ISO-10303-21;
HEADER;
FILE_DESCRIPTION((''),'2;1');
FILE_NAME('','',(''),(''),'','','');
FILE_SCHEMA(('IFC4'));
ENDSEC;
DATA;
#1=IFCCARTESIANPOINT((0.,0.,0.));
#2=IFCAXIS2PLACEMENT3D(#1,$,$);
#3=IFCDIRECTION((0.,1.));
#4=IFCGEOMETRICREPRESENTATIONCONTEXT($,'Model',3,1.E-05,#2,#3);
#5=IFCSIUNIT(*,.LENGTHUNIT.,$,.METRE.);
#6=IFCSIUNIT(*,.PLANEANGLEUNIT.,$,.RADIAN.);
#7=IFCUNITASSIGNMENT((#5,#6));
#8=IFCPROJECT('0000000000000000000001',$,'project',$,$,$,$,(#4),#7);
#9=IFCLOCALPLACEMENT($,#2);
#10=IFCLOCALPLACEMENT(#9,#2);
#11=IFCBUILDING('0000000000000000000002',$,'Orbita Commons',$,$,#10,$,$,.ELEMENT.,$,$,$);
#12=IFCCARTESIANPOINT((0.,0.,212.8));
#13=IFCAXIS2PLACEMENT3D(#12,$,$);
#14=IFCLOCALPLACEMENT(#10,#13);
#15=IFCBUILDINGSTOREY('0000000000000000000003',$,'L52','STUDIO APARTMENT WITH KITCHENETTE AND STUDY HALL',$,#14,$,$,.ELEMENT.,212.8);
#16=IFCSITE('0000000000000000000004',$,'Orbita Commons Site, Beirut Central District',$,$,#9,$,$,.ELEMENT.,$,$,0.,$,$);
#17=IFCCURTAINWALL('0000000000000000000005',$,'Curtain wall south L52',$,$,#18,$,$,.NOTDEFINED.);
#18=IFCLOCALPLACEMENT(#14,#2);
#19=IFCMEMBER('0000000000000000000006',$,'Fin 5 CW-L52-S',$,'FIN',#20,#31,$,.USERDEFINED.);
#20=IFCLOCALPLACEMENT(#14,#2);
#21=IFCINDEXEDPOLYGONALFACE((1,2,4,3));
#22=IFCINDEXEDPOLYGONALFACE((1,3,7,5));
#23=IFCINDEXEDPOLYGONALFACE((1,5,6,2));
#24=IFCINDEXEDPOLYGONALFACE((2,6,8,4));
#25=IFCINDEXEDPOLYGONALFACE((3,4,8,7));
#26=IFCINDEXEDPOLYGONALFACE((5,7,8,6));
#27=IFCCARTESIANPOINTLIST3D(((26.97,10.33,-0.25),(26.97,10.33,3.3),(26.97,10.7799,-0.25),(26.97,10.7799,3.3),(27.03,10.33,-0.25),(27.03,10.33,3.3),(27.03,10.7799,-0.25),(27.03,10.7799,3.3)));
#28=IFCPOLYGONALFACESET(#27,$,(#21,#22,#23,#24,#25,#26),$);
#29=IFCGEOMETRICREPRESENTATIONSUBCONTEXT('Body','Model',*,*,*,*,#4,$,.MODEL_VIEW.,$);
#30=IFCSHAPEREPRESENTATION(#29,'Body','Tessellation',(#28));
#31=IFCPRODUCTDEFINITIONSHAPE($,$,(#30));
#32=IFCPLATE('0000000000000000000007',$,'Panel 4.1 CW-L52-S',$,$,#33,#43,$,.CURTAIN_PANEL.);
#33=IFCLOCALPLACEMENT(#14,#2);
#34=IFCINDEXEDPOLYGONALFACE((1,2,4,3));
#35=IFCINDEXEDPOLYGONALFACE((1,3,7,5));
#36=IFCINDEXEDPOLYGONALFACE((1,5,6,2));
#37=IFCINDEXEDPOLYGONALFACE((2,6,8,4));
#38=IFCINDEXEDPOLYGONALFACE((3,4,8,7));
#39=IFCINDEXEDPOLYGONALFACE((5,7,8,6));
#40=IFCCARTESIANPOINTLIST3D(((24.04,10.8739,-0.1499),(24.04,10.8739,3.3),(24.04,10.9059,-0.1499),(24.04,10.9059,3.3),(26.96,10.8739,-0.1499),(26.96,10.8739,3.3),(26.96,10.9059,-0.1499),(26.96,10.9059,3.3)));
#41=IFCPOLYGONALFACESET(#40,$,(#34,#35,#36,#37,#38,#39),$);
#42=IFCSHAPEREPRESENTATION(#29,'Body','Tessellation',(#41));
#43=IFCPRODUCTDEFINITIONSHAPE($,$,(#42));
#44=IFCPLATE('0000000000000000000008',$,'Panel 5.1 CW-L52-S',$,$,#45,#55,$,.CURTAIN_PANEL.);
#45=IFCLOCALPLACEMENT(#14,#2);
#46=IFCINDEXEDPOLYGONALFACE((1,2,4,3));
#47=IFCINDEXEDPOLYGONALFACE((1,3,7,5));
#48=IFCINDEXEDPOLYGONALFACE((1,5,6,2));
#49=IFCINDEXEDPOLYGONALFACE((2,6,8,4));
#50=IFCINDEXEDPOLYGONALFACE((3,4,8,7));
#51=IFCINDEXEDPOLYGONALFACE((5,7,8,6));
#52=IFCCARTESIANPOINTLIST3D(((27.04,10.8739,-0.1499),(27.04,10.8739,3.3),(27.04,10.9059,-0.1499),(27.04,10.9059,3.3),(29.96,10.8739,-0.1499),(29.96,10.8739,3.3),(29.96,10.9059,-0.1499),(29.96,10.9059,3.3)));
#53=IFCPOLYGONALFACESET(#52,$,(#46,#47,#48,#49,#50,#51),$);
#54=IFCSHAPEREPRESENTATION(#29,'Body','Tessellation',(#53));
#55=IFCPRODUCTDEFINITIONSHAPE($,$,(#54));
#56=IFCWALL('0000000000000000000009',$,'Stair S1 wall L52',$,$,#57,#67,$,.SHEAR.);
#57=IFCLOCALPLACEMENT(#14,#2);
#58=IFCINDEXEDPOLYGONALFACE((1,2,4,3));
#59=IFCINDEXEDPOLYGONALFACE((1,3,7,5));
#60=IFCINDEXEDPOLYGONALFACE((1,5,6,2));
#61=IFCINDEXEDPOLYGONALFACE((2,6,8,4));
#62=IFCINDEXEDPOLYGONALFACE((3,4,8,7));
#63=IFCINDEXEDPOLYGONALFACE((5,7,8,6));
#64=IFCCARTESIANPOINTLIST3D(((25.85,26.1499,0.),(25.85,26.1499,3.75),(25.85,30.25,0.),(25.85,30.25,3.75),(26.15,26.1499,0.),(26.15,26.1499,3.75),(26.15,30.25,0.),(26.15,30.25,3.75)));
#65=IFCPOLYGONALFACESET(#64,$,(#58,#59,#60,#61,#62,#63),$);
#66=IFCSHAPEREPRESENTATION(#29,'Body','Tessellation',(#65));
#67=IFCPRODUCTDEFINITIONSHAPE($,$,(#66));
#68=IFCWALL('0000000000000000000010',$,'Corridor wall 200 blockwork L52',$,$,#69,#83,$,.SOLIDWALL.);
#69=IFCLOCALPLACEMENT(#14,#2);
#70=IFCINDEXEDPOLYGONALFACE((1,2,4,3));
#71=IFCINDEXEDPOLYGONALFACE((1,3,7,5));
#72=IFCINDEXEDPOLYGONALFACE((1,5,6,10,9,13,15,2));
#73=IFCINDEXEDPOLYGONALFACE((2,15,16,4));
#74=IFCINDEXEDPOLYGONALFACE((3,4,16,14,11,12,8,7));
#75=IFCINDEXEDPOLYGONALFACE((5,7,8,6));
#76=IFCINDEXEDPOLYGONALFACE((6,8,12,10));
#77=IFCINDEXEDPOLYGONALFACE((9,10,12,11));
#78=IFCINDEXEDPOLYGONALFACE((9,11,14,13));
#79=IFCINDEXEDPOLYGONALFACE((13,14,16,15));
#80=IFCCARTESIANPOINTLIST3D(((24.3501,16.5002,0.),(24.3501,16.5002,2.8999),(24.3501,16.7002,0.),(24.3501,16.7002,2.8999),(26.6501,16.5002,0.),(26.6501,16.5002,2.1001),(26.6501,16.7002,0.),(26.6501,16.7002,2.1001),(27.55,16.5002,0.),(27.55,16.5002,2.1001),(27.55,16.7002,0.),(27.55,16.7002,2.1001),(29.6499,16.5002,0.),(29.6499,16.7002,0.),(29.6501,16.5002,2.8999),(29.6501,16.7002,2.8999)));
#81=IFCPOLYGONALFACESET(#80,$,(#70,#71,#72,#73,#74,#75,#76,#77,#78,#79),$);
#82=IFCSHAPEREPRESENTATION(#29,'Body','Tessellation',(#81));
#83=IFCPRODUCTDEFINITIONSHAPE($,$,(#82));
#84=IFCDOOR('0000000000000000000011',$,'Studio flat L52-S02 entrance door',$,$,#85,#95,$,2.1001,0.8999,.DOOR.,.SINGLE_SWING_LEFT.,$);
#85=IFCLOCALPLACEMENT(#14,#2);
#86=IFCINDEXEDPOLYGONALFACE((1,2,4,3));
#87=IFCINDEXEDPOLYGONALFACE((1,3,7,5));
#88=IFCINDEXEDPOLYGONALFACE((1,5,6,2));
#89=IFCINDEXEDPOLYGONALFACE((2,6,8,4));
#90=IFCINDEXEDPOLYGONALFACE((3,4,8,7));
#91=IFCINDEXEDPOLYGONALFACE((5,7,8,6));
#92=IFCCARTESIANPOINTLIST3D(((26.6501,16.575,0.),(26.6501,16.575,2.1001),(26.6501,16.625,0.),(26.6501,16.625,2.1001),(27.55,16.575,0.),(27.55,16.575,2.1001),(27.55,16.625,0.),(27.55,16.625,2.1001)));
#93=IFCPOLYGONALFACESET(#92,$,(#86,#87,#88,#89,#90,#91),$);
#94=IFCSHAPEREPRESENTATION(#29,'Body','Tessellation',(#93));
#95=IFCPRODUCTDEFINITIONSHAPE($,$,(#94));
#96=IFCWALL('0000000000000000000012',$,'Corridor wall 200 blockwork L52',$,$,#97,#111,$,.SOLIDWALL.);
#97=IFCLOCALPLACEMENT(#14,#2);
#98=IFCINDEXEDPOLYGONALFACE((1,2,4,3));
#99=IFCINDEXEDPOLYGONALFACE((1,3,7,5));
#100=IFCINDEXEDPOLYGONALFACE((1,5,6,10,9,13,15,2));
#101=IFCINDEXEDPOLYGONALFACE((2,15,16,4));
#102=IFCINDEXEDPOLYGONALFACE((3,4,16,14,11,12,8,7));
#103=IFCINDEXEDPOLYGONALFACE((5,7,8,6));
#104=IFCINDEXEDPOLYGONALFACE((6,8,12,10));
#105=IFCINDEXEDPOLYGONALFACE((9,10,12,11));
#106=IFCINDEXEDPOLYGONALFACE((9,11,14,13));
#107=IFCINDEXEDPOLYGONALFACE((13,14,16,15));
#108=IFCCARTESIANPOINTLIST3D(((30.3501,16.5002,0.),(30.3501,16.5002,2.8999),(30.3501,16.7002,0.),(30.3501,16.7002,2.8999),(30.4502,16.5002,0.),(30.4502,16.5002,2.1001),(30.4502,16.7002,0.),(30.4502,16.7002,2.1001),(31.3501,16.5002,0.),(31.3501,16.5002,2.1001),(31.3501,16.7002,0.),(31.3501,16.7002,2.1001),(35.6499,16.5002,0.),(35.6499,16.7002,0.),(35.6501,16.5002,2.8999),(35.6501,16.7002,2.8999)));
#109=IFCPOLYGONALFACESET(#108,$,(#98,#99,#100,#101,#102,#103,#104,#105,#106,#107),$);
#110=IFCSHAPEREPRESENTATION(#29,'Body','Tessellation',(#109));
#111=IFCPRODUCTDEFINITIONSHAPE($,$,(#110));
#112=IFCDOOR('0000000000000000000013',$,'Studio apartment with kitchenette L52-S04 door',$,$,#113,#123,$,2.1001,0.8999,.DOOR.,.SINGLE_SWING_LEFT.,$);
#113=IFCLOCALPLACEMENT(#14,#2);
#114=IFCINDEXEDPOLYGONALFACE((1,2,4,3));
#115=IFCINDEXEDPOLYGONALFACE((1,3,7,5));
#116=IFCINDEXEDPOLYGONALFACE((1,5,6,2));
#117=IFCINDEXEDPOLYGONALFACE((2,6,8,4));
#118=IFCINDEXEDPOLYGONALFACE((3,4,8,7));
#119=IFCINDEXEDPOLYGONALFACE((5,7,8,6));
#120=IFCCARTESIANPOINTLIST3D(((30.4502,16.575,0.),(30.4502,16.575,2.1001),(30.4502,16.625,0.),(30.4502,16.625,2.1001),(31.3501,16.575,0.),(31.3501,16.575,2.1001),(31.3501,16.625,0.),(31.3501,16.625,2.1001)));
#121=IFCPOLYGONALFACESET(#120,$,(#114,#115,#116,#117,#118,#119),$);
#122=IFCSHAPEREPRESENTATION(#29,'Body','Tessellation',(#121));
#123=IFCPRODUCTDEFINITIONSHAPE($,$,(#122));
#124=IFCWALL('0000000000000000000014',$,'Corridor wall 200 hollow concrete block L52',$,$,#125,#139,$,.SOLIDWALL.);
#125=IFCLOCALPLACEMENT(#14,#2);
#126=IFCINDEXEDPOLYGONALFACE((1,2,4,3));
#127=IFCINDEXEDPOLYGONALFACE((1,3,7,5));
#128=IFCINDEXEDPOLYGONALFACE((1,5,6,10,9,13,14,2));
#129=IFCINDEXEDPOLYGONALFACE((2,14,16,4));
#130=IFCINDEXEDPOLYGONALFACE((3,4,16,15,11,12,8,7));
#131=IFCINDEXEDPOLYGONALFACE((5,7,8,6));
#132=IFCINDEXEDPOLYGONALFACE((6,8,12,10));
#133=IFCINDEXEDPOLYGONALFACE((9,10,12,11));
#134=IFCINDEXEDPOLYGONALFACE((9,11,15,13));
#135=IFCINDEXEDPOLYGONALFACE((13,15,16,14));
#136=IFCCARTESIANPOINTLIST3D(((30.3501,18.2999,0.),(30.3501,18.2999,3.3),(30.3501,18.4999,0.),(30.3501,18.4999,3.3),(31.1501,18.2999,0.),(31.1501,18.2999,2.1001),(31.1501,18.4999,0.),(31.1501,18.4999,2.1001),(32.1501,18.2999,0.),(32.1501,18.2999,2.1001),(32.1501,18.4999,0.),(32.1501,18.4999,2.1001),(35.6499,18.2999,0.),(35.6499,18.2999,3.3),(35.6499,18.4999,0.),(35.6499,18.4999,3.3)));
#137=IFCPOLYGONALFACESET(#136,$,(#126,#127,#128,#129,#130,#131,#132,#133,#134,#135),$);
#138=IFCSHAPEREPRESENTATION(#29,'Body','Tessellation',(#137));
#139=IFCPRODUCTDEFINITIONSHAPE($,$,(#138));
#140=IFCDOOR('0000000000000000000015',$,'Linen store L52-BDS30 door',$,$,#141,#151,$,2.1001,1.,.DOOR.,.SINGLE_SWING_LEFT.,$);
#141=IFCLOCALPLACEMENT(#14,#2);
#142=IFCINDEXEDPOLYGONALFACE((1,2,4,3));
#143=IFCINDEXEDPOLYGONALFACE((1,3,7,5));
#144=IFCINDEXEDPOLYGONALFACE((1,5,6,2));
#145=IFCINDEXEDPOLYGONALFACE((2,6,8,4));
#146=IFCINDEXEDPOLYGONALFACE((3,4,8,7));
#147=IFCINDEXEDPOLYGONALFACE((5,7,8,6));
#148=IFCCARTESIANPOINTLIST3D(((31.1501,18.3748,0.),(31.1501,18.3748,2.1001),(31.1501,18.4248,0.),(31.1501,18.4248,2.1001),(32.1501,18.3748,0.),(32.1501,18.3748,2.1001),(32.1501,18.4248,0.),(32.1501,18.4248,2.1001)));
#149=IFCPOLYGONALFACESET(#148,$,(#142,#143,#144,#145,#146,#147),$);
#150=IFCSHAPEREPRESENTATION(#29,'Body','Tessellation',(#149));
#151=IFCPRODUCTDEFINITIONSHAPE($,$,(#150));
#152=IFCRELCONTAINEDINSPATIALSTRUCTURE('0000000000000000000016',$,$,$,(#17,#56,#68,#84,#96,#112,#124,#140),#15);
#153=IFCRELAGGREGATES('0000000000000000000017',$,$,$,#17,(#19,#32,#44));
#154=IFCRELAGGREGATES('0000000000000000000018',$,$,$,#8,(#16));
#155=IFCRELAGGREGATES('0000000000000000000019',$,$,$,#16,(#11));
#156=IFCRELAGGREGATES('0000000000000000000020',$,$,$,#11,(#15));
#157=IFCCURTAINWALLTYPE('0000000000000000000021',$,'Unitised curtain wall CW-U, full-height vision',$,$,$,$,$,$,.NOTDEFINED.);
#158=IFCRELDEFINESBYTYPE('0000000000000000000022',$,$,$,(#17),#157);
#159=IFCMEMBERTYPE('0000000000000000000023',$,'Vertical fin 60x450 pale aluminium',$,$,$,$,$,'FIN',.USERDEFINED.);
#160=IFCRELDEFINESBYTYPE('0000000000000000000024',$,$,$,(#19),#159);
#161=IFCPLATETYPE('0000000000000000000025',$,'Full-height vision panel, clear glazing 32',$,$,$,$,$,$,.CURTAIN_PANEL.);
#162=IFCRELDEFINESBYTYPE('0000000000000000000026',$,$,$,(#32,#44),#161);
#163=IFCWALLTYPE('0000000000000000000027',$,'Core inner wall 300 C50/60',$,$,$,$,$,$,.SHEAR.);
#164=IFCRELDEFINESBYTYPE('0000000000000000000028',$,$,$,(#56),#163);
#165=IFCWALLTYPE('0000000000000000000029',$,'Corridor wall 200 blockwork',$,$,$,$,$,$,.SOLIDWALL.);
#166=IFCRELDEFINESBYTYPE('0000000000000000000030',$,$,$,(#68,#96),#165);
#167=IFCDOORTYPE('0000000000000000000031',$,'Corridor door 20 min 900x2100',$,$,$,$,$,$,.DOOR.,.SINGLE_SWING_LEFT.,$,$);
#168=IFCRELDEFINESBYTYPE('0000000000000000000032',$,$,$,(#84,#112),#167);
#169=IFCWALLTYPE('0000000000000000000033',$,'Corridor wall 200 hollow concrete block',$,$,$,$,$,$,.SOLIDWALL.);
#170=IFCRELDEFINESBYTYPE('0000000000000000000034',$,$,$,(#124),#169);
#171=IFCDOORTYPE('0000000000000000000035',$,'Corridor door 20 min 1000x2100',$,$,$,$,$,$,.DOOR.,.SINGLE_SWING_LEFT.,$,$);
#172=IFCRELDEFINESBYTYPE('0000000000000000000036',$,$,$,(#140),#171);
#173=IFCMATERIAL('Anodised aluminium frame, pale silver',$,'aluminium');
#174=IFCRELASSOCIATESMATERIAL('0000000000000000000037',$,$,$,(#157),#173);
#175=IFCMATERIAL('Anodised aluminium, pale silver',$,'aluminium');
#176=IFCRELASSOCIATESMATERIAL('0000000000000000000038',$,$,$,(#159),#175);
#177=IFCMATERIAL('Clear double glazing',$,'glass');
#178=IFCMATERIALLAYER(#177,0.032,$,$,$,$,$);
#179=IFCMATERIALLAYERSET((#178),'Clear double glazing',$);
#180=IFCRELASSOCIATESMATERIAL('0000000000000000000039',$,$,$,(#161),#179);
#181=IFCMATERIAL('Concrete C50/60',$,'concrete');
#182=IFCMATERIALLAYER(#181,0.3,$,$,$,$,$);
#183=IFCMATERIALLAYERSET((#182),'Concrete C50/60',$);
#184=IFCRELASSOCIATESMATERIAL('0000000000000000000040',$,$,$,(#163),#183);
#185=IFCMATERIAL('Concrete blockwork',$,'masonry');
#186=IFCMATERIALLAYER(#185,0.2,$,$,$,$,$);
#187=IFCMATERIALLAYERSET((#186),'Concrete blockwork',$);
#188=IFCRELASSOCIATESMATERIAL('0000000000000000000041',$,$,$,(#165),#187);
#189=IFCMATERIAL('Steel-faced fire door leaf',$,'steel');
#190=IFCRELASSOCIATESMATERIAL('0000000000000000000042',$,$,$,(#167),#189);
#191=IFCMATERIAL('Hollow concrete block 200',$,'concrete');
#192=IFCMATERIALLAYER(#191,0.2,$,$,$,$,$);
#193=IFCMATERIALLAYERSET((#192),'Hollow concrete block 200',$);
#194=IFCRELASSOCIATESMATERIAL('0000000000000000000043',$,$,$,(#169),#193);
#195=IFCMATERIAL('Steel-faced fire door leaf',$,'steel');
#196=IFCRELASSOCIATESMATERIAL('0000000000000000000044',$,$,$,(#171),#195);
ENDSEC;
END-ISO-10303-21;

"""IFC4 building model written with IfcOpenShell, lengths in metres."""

from ifc_helpers import new_model, si_unit, direction, frame, frame_2d, origin, origin_2d, place, context, subcontext, project, spatial, polyline, rectangle, outline, extrude, material, layer, layer_set, material_profile, profile_set, type_object, element, fill, aggregate, save


model = new_model("IFC4")

# Units and contexts
model_context = context("Model", 3, precision=1e-05, world=origin(), true_north=direction((0.0, 1.0)))
body_context = subcontext(model_context, "Body", "Model", "MODEL_VIEW")
ifc_project = project(units=[si_unit("LENGTHUNIT", "METRE"), si_unit("PLANEANGLEUNIT", "RADIAN")], contexts=[model_context])

# Site, building, storey
site_placement = place(None, origin())
site = spatial("IfcSite", under=ifc_project, at=site_placement, Name="Orbita Commons Site, Beirut Central District", CompositionType="ELEMENT", RefElevation=0.0)
building_placement = place(site_placement, origin())
building = spatial("IfcBuilding", under=site, at=building_placement, Name="Orbita Commons", CompositionType="ELEMENT")
storey_placement = place(building_placement, frame((0.0, 0.0, 212.8)))
storey = spatial("IfcBuildingStorey", under=building, at=storey_placement, Name="L52", Description="STUDIO APARTMENT WITH KITCHENETTE AND STUDY HALL", CompositionType="ELEMENT", Elevation=212.8)

# Curtain wall
ifc_material_1 = material(Name="Anodised aluminium frame, pale silver", Category="aluminium")
curtain_wall_type = type_object("IfcCurtainWallType", Name="Unitised curtain wall CW-U, full-height vision", PredefinedType="NOTDEFINED", material=ifc_material_1)
curtain_wall_placement = place(storey_placement, origin())
curtain_wall = element("IfcCurtainWall", 1, at=curtain_wall_placement, inside=storey, type_object=curtain_wall_type, Name="Curtain wall south L52", PredefinedType="NOTDEFINED")

# Member
ifc_material_2 = material(Name="Anodised aluminium, pale silver", Category="aluminium")
ifc_material_profile_1 = material_profile(ifc_material_2, rectangle(XDim=0.0601, YDim=0.45, at=origin_2d()), Name="FIN 60x450")
ifc_profile_set_1 = profile_set([ifc_material_profile_1], Name="Anodised aluminium, pale silver")
member_type_1 = type_object("IfcMemberType", Name="Vertical fin 60x450 pale aluminium", ElementType="FIN", PredefinedType="USERDEFINED", material=ifc_profile_set_1)
member_1_placement = place(storey_placement, frame((27.0, 10.5549, -0.25), z_axis=(0.0, 0.0, 1.0), x_axis=(1.0, 0.0, 0.0)))
member_1 = element("IfcMember", 2, at=member_1_placement, type_object=member_type_1, Name="Fin 5 CW-L52-S", ObjectType="FIN", PredefinedType="USERDEFINED", context=body_context, shape_type="SweptSolid", body=[
    extrude(rectangle(XDim=0.0601, YDim=0.45, at=origin_2d()), origin(), (0.0, 0.0, 1.0), 3.55),
])

# Plates
ifc_material_3 = material(Name="Clear double glazing", Category="glass")
ifc_layer_1 = layer(ifc_material_3, 0.032)
ifc_layer_set_1 = layer_set([ifc_layer_1], Name="Clear double glazing")
plate_type = type_object("IfcPlateType", Name="Full-height vision panel, clear glazing 32", PredefinedType="CURTAIN_PANEL", material=ifc_layer_set_1)
plate_1_placement = place(storey_placement, frame((25.5, 10.8899, -0.1499), z_axis=(0.0, 0.0, 1.0), x_axis=(1.0, 0.0, 0.0)))
plate_1 = element("IfcPlate", 3, at=plate_1_placement, type_object=plate_type, Name="Panel 4.1 CW-L52-S", PredefinedType="CURTAIN_PANEL", context=body_context, shape_type="SweptSolid", body=[
    extrude(rectangle(XDim=2.9199, YDim=0.032, at=origin_2d()), origin(), (0.0, 0.0, 1.0), 3.45),
])
plate_2_placement = place(storey_placement, frame((28.5, 10.8899, -0.1499), z_axis=(0.0, 0.0, 1.0), x_axis=(1.0, 0.0, 0.0)))
plate_2 = element("IfcPlate", 4, at=plate_2_placement, type_object=plate_type, Name="Panel 5.1 CW-L52-S", PredefinedType="CURTAIN_PANEL", context=body_context, shape_type="SweptSolid", body=[
    extrude(rectangle(XDim=2.9199, YDim=0.032, at=origin_2d()), origin(), (0.0, 0.0, 1.0), 3.45),
])
aggregate(curtain_wall, [member_1, plate_1, plate_2])

# Wall
ifc_material_4 = material(Name="Concrete C50/60", Category="concrete")
ifc_layer_2 = layer(ifc_material_4, 0.3)
ifc_layer_set_2 = layer_set([ifc_layer_2], Name="Concrete C50/60")
wall_type_1 = type_object("IfcWallType", Name="Core inner wall 300 C50/60", PredefinedType="SHEAR", material=ifc_layer_set_2)
wall_1_placement = place(storey_placement, frame((26.0, 26.1499, 0.0), z_axis=(0.0, 0.0, 1.0), x_axis=(0.0, 1.0, 0.0)))
element("IfcWall", 5, at=wall_1_placement, inside=storey, type_object=wall_type_1, Name="Stair S1 wall L52", PredefinedType="SHEAR", context=body_context, shape_type="SweptSolid", body=[
    extrude(rectangle(XDim=4.1001, YDim=0.3, at=frame_2d((2.05, 0.0))), origin(), (0.0, 0.0, 1.0), 3.75),
])

# Walls, openings, doors
ifc_material_5 = material(Name="Concrete blockwork", Category="masonry")
ifc_layer_3 = layer(ifc_material_5, 0.2)
ifc_layer_set_3 = layer_set([ifc_layer_3], Name="Concrete blockwork")
wall_type_2 = type_object("IfcWallType", Name="Corridor wall 200 blockwork", PredefinedType="SOLIDWALL", material=ifc_layer_set_3)
wall_2_placement = place(storey_placement, frame((24.3501, 16.6001, 0.0), z_axis=(0.0, 0.0, 1.0), x_axis=(1.0, 0.0, 0.0)))
wall_2 = element("IfcWall", 6, at=wall_2_placement, inside=storey, type_object=wall_type_2, Name="Corridor wall 200 blockwork L52", PredefinedType="SOLIDWALL", context=body_context, shape_type="SweptSolid", body=[
    extrude(outline(polyline([(0.0, 0.0), (5.2998, 0.0), (5.3, 2.8999), (0.0, 2.8999), (0.0, 0.0)])), frame((0.0, 0.1001, 0.0), z_axis=(0.0, -1.0, 0.0), x_axis=(1.0, 0.0, 0.0)), (0.0, 0.0, 1.0), 0.2),
])
opening_1_placement = place(wall_2_placement, frame((2.3, 0.0, 0.0)))
opening_1 = element("IfcOpeningElement", 7, at=opening_1_placement, cuts=wall_2, PredefinedType="OPENING", context=body_context, shape_type="SweptSolid", body=[
    extrude(rectangle(XDim=0.8999, YDim=2.1001, at=frame_2d((0.45, 1.05))), frame((0.0, 0.1099, 0.0), z_axis=(0.0, -1.0, 0.0), x_axis=(1.0, 0.0, 0.0)), (0.0, 0.0, 1.0), 0.22),
])
ifc_material_6 = material(Name="Steel-faced fire door leaf", Category="steel")
door_type_1 = type_object("IfcDoorType", Name="Corridor door 20 min 900x2100", OperationType="SINGLE_SWING_LEFT", PredefinedType="DOOR", material=ifc_material_6)
door_1_placement = place(opening_1_placement, origin())
door_1 = element("IfcDoor", 8, at=door_1_placement, inside=storey, type_object=door_type_1, Name="Studio flat L52-S02 entrance door", OperationType="SINGLE_SWING_LEFT", OverallHeight=2.1001, OverallWidth=0.8999, PredefinedType="DOOR", context=body_context, shape_type="SweptSolid", body=[
    extrude(rectangle(XDim=0.8999, YDim=2.1001, at=frame_2d((0.45, 1.05))), frame((0.0, 0.0249, 0.0), z_axis=(0.0, -1.0, 0.0), x_axis=(1.0, 0.0, 0.0)), (0.0, 0.0, 1.0), 0.05),
])
fill(opening_1, door_1)
wall_3_placement = place(storey_placement, frame((30.3501, 16.6001, 0.0), z_axis=(0.0, 0.0, 1.0), x_axis=(1.0, 0.0, 0.0)))
wall_3 = element("IfcWall", 9, at=wall_3_placement, inside=storey, type_object=wall_type_2, Name="Corridor wall 200 blockwork L52", PredefinedType="SOLIDWALL", context=body_context, shape_type="SweptSolid", body=[
    extrude(outline(polyline([(0.0, 0.0), (5.2998, 0.0), (5.3, 2.8999), (0.0, 2.8999), (0.0, 0.0)])), frame((0.0, 0.1001, 0.0), z_axis=(0.0, -1.0, 0.0), x_axis=(1.0, 0.0, 0.0)), (0.0, 0.0, 1.0), 0.2),
])
opening_2_placement = place(wall_3_placement, frame((0.1001, 0.0, 0.0)))
opening_2 = element("IfcOpeningElement", 10, at=opening_2_placement, cuts=wall_3, PredefinedType="OPENING", context=body_context, shape_type="SweptSolid", body=[
    extrude(rectangle(XDim=0.8999, YDim=2.1001, at=frame_2d((0.45, 1.05))), frame((0.0, 0.1099, 0.0), z_axis=(0.0, -1.0, 0.0), x_axis=(1.0, 0.0, 0.0)), (0.0, 0.0, 1.0), 0.22),
])
door_2_placement = place(opening_2_placement, origin())
door_2 = element("IfcDoor", 11, at=door_2_placement, inside=storey, type_object=door_type_1, Name="Studio apartment with kitchenette L52-S04 door", OperationType="SINGLE_SWING_LEFT", OverallHeight=2.1001, OverallWidth=0.8999, PredefinedType="DOOR", context=body_context, shape_type="SweptSolid", body=[
    extrude(rectangle(XDim=0.8999, YDim=2.1001, at=frame_2d((0.45, 1.05))), frame((0.0, 0.0249, 0.0), z_axis=(0.0, -1.0, 0.0), x_axis=(1.0, 0.0, 0.0)), (0.0, 0.0, 1.0), 0.05),
])
fill(opening_2, door_2)
ifc_material_7 = material(Name="Hollow concrete block 200", Category="concrete")
ifc_layer_4 = layer(ifc_material_7, 0.2)
ifc_layer_set_4 = layer_set([ifc_layer_4], Name="Hollow concrete block 200")
wall_type_3 = type_object("IfcWallType", Name="Corridor wall 200 hollow concrete block", PredefinedType="SOLIDWALL", material=ifc_layer_set_4)
wall_4_placement = place(storey_placement, frame((30.3501, 18.3999, 0.0), z_axis=(0.0, 0.0, 1.0), x_axis=(1.0, 0.0, 0.0)))
wall_4 = element("IfcWall", 12, at=wall_4_placement, inside=storey, type_object=wall_type_3, Name="Corridor wall 200 hollow concrete block L52", PredefinedType="SOLIDWALL", context=body_context, shape_type="SweptSolid", body=[
    extrude(rectangle(XDim=5.2998, YDim=0.2, at=frame_2d((2.6499, 0.0))), origin(), (0.0, 0.0, 1.0), 3.3),
])
opening_3_placement = place(wall_4_placement, frame((0.8, 0.0, 0.0)))
opening_3 = element("IfcOpeningElement", 13, at=opening_3_placement, cuts=wall_4, PredefinedType="OPENING", context=body_context, shape_type="SweptSolid", body=[
    extrude(rectangle(XDim=1.0, YDim=2.1001, at=frame_2d((0.5, 1.05))), frame((0.0, 0.1099, 0.0), z_axis=(0.0, -1.0, 0.0), x_axis=(1.0, 0.0, 0.0)), (0.0, 0.0, 1.0), 0.22),
])
ifc_material_8 = material(Name="Steel-faced fire door leaf", Category="steel")
door_type_2 = type_object("IfcDoorType", Name="Corridor door 20 min 1000x2100", OperationType="SINGLE_SWING_LEFT", PredefinedType="DOOR", material=ifc_material_8)
door_3_placement = place(opening_3_placement, origin())
door_3 = element("IfcDoor", 14, at=door_3_placement, inside=storey, type_object=door_type_2, Name="Linen store L52-BDS30 door", OperationType="SINGLE_SWING_LEFT", OverallHeight=2.1001, OverallWidth=1.0, PredefinedType="DOOR", context=body_context, shape_type="SweptSolid", body=[
    extrude(rectangle(XDim=1.0, YDim=2.1001, at=frame_2d((0.5, 1.05))), frame((0.0, 0.0249, 0.0), z_axis=(0.0, -1.0, 0.0), x_axis=(1.0, 0.0, 0.0)), (0.0, 0.0, 1.0), 0.05),
])
fill(opening_3, door_3)

save(model, "model.ifc")
